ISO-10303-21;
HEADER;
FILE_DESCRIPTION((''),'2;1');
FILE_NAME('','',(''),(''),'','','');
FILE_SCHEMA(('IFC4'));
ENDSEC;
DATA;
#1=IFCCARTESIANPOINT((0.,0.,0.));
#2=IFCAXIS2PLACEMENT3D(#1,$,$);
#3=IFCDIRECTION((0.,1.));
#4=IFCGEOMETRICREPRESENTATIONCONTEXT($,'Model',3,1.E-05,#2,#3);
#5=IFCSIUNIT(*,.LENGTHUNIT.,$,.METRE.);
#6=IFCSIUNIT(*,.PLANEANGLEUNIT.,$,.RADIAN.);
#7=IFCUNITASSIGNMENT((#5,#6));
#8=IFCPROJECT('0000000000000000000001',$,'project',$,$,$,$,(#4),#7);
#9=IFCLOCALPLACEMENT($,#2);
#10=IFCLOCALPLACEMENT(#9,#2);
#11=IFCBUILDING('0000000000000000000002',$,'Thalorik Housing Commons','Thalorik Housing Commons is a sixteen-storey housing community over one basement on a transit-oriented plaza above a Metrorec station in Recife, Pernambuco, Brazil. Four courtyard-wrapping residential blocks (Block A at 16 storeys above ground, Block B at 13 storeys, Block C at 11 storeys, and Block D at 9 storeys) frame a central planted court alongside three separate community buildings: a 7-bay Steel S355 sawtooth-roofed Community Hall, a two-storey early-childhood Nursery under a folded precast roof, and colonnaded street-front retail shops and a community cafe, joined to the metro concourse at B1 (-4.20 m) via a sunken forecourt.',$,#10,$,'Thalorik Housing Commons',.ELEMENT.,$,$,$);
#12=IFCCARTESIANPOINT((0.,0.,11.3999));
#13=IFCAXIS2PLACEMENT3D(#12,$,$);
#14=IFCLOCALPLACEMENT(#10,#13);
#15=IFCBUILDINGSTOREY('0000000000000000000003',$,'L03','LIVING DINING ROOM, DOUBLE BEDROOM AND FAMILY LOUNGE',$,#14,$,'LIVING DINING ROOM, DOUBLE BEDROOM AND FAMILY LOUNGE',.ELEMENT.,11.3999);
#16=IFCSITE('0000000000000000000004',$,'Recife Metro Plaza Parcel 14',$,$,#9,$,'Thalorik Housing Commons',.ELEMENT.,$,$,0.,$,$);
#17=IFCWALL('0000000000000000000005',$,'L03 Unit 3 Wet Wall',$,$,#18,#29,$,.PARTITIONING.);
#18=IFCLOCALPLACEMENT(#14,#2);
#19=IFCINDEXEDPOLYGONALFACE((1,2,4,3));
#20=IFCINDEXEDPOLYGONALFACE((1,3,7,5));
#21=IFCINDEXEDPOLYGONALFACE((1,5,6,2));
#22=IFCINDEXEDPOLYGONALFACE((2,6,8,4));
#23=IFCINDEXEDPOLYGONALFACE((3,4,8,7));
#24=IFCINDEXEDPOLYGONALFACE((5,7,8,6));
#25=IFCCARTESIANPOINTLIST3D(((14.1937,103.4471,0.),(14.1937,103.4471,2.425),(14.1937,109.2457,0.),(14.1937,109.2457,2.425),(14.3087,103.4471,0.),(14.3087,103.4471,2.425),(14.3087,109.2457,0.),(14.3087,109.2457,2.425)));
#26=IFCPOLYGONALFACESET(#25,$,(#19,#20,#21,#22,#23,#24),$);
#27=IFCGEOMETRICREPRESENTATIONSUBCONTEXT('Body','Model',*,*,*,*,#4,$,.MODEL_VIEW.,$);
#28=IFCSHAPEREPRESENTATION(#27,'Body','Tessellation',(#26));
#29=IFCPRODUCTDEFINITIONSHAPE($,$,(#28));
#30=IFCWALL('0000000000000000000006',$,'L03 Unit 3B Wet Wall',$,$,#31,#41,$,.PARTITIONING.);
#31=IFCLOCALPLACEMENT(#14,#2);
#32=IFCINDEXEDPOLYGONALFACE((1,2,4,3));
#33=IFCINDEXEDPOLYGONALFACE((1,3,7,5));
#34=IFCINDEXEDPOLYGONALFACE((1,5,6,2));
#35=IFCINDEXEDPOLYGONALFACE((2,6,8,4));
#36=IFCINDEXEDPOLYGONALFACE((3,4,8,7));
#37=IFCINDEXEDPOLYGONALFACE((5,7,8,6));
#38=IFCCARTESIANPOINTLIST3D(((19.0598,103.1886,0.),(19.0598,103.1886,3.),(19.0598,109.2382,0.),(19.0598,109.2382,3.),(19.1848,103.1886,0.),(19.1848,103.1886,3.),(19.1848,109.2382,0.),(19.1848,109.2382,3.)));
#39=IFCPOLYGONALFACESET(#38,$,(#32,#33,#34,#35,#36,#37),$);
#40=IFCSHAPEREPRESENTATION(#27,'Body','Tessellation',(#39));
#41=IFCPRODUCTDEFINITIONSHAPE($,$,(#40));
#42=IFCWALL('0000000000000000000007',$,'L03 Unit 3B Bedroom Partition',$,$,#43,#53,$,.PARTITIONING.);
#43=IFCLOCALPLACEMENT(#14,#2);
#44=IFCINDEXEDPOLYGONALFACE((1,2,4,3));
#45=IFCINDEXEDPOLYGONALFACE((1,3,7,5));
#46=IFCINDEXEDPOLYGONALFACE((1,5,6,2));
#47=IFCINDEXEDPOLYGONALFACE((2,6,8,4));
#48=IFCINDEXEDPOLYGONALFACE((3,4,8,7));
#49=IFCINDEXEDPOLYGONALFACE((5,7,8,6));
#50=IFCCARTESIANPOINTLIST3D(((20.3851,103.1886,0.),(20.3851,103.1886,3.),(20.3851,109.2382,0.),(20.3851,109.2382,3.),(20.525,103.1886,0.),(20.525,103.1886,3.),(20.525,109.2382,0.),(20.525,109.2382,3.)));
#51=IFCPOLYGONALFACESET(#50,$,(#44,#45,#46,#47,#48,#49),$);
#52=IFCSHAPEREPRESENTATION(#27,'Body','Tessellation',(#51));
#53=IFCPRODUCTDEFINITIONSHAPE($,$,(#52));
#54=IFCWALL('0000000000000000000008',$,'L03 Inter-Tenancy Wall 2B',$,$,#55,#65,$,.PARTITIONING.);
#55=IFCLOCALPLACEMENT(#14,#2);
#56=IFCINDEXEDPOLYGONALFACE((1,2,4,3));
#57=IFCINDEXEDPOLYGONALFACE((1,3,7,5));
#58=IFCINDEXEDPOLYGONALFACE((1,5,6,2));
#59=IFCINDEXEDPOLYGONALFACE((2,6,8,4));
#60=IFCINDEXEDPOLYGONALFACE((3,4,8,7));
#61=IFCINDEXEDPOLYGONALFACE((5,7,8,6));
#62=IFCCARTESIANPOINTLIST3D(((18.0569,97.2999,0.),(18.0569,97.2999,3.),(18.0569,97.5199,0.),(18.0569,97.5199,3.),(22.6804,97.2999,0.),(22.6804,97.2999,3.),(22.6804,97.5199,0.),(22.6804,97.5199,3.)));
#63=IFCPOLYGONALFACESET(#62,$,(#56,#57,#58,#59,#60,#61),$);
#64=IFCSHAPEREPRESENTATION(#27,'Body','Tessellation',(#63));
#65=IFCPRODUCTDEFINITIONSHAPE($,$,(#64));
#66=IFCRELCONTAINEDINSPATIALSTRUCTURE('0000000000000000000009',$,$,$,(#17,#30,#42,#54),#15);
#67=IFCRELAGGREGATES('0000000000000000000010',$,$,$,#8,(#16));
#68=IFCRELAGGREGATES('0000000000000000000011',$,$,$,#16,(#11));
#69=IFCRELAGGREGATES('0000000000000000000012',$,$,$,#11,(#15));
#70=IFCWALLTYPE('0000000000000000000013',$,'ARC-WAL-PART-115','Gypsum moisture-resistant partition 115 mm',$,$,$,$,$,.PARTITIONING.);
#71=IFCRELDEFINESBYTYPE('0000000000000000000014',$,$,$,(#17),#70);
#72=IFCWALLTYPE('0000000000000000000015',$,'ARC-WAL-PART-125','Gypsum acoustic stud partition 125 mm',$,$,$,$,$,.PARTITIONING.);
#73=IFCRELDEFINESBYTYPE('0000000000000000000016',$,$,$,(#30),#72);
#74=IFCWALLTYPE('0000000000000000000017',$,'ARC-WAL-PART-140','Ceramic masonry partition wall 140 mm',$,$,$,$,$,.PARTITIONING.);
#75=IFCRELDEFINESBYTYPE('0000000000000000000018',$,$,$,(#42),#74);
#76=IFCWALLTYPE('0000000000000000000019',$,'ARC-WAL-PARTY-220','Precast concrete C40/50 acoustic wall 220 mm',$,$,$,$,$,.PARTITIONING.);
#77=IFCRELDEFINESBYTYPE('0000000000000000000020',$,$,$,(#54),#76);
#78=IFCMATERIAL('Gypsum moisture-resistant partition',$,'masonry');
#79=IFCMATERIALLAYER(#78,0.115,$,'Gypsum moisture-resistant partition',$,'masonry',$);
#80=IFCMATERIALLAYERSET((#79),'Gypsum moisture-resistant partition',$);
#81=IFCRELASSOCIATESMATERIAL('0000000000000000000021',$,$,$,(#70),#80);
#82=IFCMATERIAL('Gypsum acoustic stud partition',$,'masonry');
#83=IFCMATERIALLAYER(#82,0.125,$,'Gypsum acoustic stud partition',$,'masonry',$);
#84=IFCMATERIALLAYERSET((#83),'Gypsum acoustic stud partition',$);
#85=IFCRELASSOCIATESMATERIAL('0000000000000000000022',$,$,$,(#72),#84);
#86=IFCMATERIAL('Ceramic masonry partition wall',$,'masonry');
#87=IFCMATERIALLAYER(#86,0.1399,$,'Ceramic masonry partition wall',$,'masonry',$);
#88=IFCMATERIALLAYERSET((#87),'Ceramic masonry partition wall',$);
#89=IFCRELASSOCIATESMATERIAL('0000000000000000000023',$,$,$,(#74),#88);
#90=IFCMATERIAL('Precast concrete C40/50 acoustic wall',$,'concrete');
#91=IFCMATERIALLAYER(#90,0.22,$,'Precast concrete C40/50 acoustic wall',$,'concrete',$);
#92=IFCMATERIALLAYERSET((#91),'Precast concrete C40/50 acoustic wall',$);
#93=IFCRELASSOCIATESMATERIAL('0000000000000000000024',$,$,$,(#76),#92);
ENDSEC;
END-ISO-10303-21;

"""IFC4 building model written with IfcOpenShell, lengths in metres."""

from ifc_helpers import new_model, si_unit, direction, frame, frame_2d, origin, place, context, subcontext, project, spatial, rectangle, extrude, material, layer, layer_set, type_object, element, save


model = new_model("IFC4")

# Units and contexts
model_context = context("Model", 3, precision=1e-05, world=origin(), true_north=direction((0.0, 1.0)))
body_context = subcontext(model_context, "Body", "Model", "MODEL_VIEW")
ifc_project = project(units=[si_unit("LENGTHUNIT", "METRE"), si_unit("PLANEANGLEUNIT", "RADIAN")], contexts=[model_context])

# Site, building, storey
site_placement = place(None, origin())
site = spatial("IfcSite", under=ifc_project, at=site_placement, Name="Recife Metro Plaza Parcel 14", LongName="Thalorik Housing Commons", CompositionType="ELEMENT", RefElevation=0.0)
building_placement = place(site_placement, origin())
building = spatial("IfcBuilding", under=site, at=building_placement, Name="Thalorik Housing Commons", Description="Thalorik Housing Commons is a sixteen-storey housing community over one basement on a transit-oriented plaza above a Metrorec station in Recife, Pernambuco, Brazil. Four courtyard-wrapping residential blocks (Block A at 16 storeys above ground, Block B at 13 storeys, Block C at 11 storeys, and Block D at 9 storeys) frame a central planted court alongside three separate community buildings: a 7-bay Steel S355 sawtooth-roofed Community Hall, a two-storey early-childhood Nursery under a folded precast roof, and colonnaded street-front retail shops and a community cafe, joined to the metro concourse at B1 (-4.20 m) via a sunken forecourt.", LongName="Thalorik Housing Commons", CompositionType="ELEMENT")
storey_placement = place(building_placement, frame((0.0, 0.0, 11.3999)))
storey = spatial("IfcBuildingStorey", under=building, at=storey_placement, Name="L03", Description="LIVING DINING ROOM, DOUBLE BEDROOM AND FAMILY LOUNGE", LongName="LIVING DINING ROOM, DOUBLE BEDROOM AND FAMILY LOUNGE", CompositionType="ELEMENT", Elevation=11.3999)

# Walls
ifc_material_1 = material(Name="Gypsum moisture-resistant partition", Category="masonry")
ifc_layer_1 = layer(ifc_material_1, 0.115, Name="Gypsum moisture-resistant partition", Category="masonry")
ifc_layer_set_1 = layer_set([ifc_layer_1], Name="Gypsum moisture-resistant partition")
wall_type_1 = type_object("IfcWallType", Name="ARC-WAL-PART-115", Description="Gypsum moisture-resistant partition 115 mm", PredefinedType="PARTITIONING", material=ifc_layer_set_1)
wall_1_placement = place(storey_placement, frame((14.2512, 103.447, 0.0), z_axis=(0.0, 0.0, 1.0), x_axis=(0.0, 1.0, 0.0)))
element("IfcWall", 1, at=wall_1_placement, inside=storey, type_object=wall_type_1, Name="L03 Unit 3 Wet Wall", PredefinedType="PARTITIONING", context=body_context, shape_type="SweptSolid", body=[
    extrude(rectangle(XDim=5.7986, YDim=0.115, at=frame_2d((2.8994, 0.0))), origin(), (0.0, 0.0, 1.0), 2.425),
])
ifc_material_2 = material(Name="Gypsum acoustic stud partition", Category="masonry")
ifc_layer_2 = layer(ifc_material_2, 0.125, Name="Gypsum acoustic stud partition", Category="masonry")
ifc_layer_set_2 = layer_set([ifc_layer_2], Name="Gypsum acoustic stud partition")
wall_type_2 = type_object("IfcWallType", Name="ARC-WAL-PART-125", Description="Gypsum acoustic stud partition 125 mm", PredefinedType="PARTITIONING", material=ifc_layer_set_2)
wall_2_placement = place(storey_placement, frame((19.1223, 103.1885, 0.0), z_axis=(0.0, 0.0, 1.0), x_axis=(0.0, 1.0, 0.0)))
element("IfcWall", 2, at=wall_2_placement, inside=storey, type_object=wall_type_2, Name="L03 Unit 3B Wet Wall", PredefinedType="PARTITIONING", context=body_context, shape_type="SweptSolid", body=[
    extrude(rectangle(XDim=6.0496, YDim=0.125, at=frame_2d((3.0249, 0.0))), origin(), (0.0, 0.0, 1.0), 3.0),
])
ifc_material_3 = material(Name="Ceramic masonry partition wall", Category="masonry")
ifc_layer_3 = layer(ifc_material_3, 0.1399, Name="Ceramic masonry partition wall", Category="masonry")
ifc_layer_set_3 = layer_set([ifc_layer_3], Name="Ceramic masonry partition wall")
wall_type_3 = type_object("IfcWallType", Name="ARC-WAL-PART-140", Description="Ceramic masonry partition wall 140 mm", PredefinedType="PARTITIONING", material=ifc_layer_set_3)
wall_3_placement = place(storey_placement, frame((20.4551, 103.1885, 0.0), z_axis=(0.0, 0.0, 1.0), x_axis=(0.0, 1.0, 0.0)))
element("IfcWall", 3, at=wall_3_placement, inside=storey, type_object=wall_type_3, Name="L03 Unit 3B Bedroom Partition", PredefinedType="PARTITIONING", context=body_context, shape_type="SweptSolid", body=[
    extrude(rectangle(XDim=6.0496, YDim=0.1399, at=frame_2d((3.0249, 0.0))), origin(), (0.0, 0.0, 1.0), 3.0),
])
ifc_material_4 = material(Name="Precast concrete C40/50 acoustic wall", Category="concrete")
ifc_layer_4 = layer(ifc_material_4, 0.22, Name="Precast concrete C40/50 acoustic wall", Category="concrete")
ifc_layer_set_4 = layer_set([ifc_layer_4], Name="Precast concrete C40/50 acoustic wall")
wall_type_4 = type_object("IfcWallType", Name="ARC-WAL-PARTY-220", Description="Precast concrete C40/50 acoustic wall 220 mm", PredefinedType="PARTITIONING", material=ifc_layer_set_4)
wall_4_placement = place(storey_placement, frame((18.0569, 97.4099, 0.0), z_axis=(0.0, 0.0, 1.0), x_axis=(1.0, 0.0, 0.0)))
element("IfcWall", 4, at=wall_4_placement, inside=storey, type_object=wall_type_4, Name="L03 Inter-Tenancy Wall 2B", PredefinedType="PARTITIONING", context=body_context, shape_type="SweptSolid", body=[
    extrude(rectangle(XDim=4.6235, YDim=0.22, at=frame_2d((2.3118, 0.0))), origin(), (0.0, 0.0, 1.0), 3.0),
])

save(model, "model.ifc")
